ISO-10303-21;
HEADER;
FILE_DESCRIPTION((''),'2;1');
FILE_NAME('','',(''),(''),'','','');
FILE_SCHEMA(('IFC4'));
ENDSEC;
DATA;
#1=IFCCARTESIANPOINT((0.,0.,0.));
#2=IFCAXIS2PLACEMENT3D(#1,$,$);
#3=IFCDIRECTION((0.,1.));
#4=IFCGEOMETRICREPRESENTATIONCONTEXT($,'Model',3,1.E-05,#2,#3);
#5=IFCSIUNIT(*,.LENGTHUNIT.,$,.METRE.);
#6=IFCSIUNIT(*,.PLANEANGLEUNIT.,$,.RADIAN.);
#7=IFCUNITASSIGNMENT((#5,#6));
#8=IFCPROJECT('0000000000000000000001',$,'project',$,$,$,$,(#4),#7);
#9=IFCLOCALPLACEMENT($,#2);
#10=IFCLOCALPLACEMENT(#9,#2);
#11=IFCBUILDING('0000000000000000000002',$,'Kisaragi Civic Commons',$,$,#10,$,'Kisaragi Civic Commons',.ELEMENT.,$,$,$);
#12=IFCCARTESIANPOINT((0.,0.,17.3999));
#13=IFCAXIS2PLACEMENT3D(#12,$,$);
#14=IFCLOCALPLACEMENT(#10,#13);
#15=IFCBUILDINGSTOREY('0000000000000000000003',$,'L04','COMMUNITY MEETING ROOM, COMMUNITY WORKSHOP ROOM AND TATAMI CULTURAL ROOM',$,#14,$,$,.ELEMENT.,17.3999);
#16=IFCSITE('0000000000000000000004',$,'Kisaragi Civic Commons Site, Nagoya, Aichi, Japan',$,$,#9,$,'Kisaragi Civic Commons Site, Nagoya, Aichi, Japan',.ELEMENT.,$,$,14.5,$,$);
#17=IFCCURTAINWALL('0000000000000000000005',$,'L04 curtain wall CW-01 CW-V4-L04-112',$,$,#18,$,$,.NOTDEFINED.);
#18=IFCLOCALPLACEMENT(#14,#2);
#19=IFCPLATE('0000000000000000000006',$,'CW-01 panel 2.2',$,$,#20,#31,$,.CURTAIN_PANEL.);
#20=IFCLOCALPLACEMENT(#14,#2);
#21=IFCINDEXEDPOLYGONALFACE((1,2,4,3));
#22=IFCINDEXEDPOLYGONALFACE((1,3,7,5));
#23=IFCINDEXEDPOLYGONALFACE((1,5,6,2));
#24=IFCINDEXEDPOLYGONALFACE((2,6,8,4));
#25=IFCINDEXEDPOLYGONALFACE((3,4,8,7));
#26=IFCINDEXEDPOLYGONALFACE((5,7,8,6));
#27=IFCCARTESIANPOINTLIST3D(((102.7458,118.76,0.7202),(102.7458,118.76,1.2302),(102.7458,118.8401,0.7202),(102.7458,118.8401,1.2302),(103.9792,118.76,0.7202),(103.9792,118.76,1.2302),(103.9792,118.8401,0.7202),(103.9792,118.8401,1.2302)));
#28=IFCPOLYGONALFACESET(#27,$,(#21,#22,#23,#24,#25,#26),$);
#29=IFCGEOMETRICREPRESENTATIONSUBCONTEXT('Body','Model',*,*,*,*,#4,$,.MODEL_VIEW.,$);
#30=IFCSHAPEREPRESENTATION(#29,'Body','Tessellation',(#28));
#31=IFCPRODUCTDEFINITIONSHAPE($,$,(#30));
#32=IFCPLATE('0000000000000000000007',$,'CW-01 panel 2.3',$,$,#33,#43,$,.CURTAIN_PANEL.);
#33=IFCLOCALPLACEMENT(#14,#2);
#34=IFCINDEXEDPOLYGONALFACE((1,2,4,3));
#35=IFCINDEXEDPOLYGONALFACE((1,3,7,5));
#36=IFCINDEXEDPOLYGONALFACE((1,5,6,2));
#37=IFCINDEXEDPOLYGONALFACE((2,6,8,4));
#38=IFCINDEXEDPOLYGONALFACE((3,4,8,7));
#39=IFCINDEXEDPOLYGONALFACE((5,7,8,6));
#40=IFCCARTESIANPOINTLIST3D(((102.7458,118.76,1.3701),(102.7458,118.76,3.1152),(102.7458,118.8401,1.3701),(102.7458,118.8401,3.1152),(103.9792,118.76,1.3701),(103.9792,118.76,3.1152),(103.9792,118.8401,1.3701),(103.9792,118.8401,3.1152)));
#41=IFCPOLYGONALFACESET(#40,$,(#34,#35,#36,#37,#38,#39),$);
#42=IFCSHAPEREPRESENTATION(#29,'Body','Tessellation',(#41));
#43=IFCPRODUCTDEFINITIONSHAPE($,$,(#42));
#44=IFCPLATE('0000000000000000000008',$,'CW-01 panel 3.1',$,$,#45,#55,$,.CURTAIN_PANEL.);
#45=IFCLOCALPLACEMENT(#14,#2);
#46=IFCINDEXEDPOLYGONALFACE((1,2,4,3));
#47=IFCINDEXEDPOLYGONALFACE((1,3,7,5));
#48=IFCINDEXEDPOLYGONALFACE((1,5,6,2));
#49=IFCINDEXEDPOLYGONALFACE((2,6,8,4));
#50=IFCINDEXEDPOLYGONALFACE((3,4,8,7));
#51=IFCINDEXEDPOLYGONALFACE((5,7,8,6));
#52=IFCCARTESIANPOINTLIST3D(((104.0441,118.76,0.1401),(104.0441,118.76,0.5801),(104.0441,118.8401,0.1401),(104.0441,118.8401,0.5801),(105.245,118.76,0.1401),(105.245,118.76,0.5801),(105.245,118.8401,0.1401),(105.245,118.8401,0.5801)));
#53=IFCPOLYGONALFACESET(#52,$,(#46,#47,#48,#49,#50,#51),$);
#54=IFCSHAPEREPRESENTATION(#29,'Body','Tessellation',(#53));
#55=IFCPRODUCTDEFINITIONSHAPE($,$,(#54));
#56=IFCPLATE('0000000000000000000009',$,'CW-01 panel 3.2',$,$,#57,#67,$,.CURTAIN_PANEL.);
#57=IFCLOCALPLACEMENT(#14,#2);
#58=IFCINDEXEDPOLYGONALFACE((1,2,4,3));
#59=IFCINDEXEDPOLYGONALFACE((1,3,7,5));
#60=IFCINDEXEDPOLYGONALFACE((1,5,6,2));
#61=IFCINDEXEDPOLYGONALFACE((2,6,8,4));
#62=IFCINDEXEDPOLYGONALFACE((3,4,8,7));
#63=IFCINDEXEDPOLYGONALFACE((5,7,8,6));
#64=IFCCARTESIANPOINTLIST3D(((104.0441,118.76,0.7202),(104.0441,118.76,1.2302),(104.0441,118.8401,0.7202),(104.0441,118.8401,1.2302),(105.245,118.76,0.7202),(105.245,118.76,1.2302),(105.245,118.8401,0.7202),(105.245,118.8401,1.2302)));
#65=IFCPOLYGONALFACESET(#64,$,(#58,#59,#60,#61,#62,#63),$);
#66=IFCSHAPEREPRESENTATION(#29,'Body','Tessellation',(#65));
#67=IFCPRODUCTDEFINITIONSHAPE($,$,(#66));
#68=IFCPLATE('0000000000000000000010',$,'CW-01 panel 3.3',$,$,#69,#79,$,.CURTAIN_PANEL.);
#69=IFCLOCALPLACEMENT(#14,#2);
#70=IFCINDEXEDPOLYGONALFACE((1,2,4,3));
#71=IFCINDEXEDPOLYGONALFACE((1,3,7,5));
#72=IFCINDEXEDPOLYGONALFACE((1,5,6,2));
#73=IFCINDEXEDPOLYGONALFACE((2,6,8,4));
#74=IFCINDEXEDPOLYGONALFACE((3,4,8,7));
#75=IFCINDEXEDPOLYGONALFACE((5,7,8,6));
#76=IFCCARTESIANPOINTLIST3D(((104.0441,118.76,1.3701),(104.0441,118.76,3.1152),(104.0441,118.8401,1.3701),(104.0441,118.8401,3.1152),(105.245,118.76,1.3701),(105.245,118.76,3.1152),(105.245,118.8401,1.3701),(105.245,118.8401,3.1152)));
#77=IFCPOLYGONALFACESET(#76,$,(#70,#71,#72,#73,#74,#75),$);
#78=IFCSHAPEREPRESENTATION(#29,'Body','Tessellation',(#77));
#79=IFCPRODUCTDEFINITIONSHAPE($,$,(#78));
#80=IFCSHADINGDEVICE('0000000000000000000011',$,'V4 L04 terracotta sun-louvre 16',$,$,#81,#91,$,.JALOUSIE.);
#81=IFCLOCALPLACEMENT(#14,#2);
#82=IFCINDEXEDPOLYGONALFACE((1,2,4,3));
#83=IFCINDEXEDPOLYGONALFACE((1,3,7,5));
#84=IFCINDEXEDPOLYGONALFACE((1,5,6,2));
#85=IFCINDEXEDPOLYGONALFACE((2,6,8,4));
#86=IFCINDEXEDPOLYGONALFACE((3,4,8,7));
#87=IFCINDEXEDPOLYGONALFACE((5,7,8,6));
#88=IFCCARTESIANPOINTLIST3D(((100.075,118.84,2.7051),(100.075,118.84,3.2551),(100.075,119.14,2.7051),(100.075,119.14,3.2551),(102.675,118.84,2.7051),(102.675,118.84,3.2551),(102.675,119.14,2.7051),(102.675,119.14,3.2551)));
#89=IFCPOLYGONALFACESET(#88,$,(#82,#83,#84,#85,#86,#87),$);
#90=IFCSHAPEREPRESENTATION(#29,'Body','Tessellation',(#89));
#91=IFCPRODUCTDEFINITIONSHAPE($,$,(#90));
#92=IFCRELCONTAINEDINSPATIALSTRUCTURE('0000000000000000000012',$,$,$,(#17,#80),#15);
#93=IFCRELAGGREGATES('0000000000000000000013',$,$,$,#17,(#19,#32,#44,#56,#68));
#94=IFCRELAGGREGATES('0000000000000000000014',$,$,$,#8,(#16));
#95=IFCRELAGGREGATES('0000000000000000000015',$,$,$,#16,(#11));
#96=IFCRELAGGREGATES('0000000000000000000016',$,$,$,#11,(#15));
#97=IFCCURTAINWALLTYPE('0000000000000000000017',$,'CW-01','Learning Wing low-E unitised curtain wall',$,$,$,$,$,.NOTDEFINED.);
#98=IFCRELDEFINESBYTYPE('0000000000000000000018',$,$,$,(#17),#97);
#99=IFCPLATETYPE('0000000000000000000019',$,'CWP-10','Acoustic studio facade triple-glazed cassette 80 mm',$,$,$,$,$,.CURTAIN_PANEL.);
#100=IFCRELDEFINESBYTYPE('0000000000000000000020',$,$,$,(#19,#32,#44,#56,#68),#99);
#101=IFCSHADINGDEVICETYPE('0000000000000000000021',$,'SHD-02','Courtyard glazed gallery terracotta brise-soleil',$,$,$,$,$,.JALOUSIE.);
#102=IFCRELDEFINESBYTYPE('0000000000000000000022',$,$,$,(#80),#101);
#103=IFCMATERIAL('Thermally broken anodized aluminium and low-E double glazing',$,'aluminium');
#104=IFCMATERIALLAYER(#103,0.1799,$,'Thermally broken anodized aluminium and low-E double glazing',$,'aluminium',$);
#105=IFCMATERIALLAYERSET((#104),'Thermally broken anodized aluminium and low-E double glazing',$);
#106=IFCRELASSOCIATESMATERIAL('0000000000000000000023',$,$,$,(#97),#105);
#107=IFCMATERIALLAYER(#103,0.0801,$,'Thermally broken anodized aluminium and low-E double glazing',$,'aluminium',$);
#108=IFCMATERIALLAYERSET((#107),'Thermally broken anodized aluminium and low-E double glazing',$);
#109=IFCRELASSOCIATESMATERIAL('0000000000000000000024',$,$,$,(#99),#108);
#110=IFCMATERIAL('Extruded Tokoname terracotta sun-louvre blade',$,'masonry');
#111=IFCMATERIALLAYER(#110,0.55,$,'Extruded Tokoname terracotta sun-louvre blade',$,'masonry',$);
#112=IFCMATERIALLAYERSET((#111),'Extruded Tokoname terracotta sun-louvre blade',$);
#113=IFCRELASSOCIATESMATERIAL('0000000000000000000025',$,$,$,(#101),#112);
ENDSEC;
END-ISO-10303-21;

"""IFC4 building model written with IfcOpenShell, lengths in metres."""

from ifc_helpers import new_model, si_unit, direction, frame, origin, origin_2d, place, context, subcontext, project, spatial, rectangle, extrude, material, layer, layer_set, type_object, element, aggregate, save


model = new_model("IFC4")

# Units and contexts
model_context = context("Model", 3, precision=1e-05, world=origin(), true_north=direction((0.0, 1.0)))
body_context = subcontext(model_context, "Body", "Model", "MODEL_VIEW")
ifc_project = project(units=[si_unit("LENGTHUNIT", "METRE"), si_unit("PLANEANGLEUNIT", "RADIAN")], contexts=[model_context])

# Site, building, storey
site_placement = place(None, origin())
site = spatial("IfcSite", under=ifc_project, at=site_placement, Name="Kisaragi Civic Commons Site, Nagoya, Aichi, Japan", LongName="Kisaragi Civic Commons Site, Nagoya, Aichi, Japan", CompositionType="ELEMENT", RefElevation=14.5)
building_placement = place(site_placement, origin())
building = spatial("IfcBuilding", under=site, at=building_placement, Name="Kisaragi Civic Commons", LongName="Kisaragi Civic Commons", CompositionType="ELEMENT")
storey_placement = place(building_placement, frame((0.0, 0.0, 17.3999)))
storey = spatial("IfcBuildingStorey", under=building, at=storey_placement, Name="L04", Description="COMMUNITY MEETING ROOM, COMMUNITY WORKSHOP ROOM AND TATAMI CULTURAL ROOM", CompositionType="ELEMENT", Elevation=17.3999)

# Curtain wall
ifc_material_1 = material(Name="Thermally broken anodized aluminium and low-E double glazing", Category="aluminium")
ifc_layer_1 = layer(ifc_material_1, 0.1799, Name="Thermally broken anodized aluminium and low-E double glazing", Category="aluminium")
ifc_layer_set_1 = layer_set([ifc_layer_1], Name="Thermally broken anodized aluminium and low-E double glazing")
curtain_wall_type = type_object("IfcCurtainWallType", Name="CW-01", Description="Learning Wing low-E unitised curtain wall", PredefinedType="NOTDEFINED", material=ifc_layer_set_1)
curtain_wall_1_placement = place(storey_placement, origin())
curtain_wall_1 = element("IfcCurtainWall", 1, at=curtain_wall_1_placement, inside=storey, type_object=curtain_wall_type, Name="L04 curtain wall CW-01 CW-V4-L04-112", PredefinedType="NOTDEFINED")

# Plates
ifc_layer_2 = layer(ifc_material_1, 0.0801, Name="Thermally broken anodized aluminium and low-E double glazing", Category="aluminium")
ifc_layer_set_2 = layer_set([ifc_layer_2], Name="Thermally broken anodized aluminium and low-E double glazing")
plate_type_1 = type_object("IfcPlateType", Name="CWP-10", Description="Acoustic studio facade triple-glazed cassette 80 mm", PredefinedType="CURTAIN_PANEL", material=ifc_layer_set_2)
plate_1_placement = place(storey_placement, frame((103.3625, 118.8, 0.7202), z_axis=(0.0, 0.0, 1.0), x_axis=(1.0, 0.0, 0.0)))
plate_1 = element("IfcPlate", 2, at=plate_1_placement, type_object=plate_type_1, Name="CW-01 panel 2.2", PredefinedType="CURTAIN_PANEL", context=body_context, shape_type="SweptSolid", body=[
    extrude(rectangle(XDim=1.2334, YDim=0.0801, at=origin_2d()), origin(), (0.0, 0.0, 1.0), 0.51),
])
plate_2_placement = place(storey_placement, frame((103.3625, 118.8, 1.3701), z_axis=(0.0, 0.0, 1.0), x_axis=(1.0, 0.0, 0.0)))
plate_2 = element("IfcPlate", 3, at=plate_2_placement, type_object=plate_type_1, Name="CW-01 panel 2.3", PredefinedType="CURTAIN_PANEL", context=body_context, shape_type="SweptSolid", body=[
    extrude(rectangle(XDim=1.2334, YDim=0.0801, at=origin_2d()), origin(), (0.0, 0.0, 1.0), 1.7451),
])
plate_3_placement = place(storey_placement, frame((104.6445, 118.8, 0.1401), z_axis=(0.0, 0.0, 1.0), x_axis=(1.0, 0.0, 0.0)))
plate_3 = element("IfcPlate", 4, at=plate_3_placement, type_object=plate_type_1, Name="CW-01 panel 3.1", PredefinedType="CURTAIN_PANEL", context=body_context, shape_type="SweptSolid", body=[
    extrude(rectangle(XDim=1.2009, YDim=0.0801, at=origin_2d()), origin(), (0.0, 0.0, 1.0), 0.4399),
])
plate_4_placement = place(storey_placement, frame((104.6445, 118.8, 0.7202), z_axis=(0.0, 0.0, 1.0), x_axis=(1.0, 0.0, 0.0)))
plate_4 = element("IfcPlate", 5, at=plate_4_placement, type_object=plate_type_1, Name="CW-01 panel 3.2", PredefinedType="CURTAIN_PANEL", context=body_context, shape_type="SweptSolid", body=[
    extrude(rectangle(XDim=1.2009, YDim=0.0801, at=origin_2d()), origin(), (0.0, 0.0, 1.0), 0.51),
])
plate_5_placement = place(storey_placement, frame((104.6445, 118.8, 1.3701), z_axis=(0.0, 0.0, 1.0), x_axis=(1.0, 0.0, 0.0)))
plate_5 = element("IfcPlate", 6, at=plate_5_placement, type_object=plate_type_1, Name="CW-01 panel 3.3", PredefinedType="CURTAIN_PANEL", context=body_context, shape_type="SweptSolid", body=[
    extrude(rectangle(XDim=1.2009, YDim=0.0801, at=origin_2d()), origin(), (0.0, 0.0, 1.0), 1.7451),
])
aggregate(curtain_wall_1, [plate_1, plate_2, plate_3, plate_4, plate_5])

# Shading device
ifc_material_2 = material(Name="Extruded Tokoname terracotta sun-louvre blade", Category="masonry")
ifc_layer_3 = layer(ifc_material_2, 0.55, Name="Extruded Tokoname terracotta sun-louvre blade", Category="masonry")
ifc_layer_set_3 = layer_set([ifc_layer_3], Name="Extruded Tokoname terracotta sun-louvre blade")
shading_device_type = type_object("IfcShadingDeviceType", Name="SHD-02", Description="Courtyard glazed gallery terracotta brise-soleil", PredefinedType="JALOUSIE", material=ifc_layer_set_3)
shading_device_placement = place(storey_placement, frame((101.375, 118.99, 2.7051), z_axis=(0.0, 0.0, 1.0), x_axis=(1.0, 0.0, 0.0)))
element("IfcShadingDevice", 7, at=shading_device_placement, inside=storey, type_object=shading_device_type, Name="V4 L04 terracotta sun-louvre 16", PredefinedType="JALOUSIE", context=body_context, shape_type="SweptSolid", body=[
    extrude(rectangle(XDim=2.6001, YDim=0.3, at=origin_2d()), origin(), (0.0, 0.0, 1.0), 0.55),
])

save(model, "model.ifc")
